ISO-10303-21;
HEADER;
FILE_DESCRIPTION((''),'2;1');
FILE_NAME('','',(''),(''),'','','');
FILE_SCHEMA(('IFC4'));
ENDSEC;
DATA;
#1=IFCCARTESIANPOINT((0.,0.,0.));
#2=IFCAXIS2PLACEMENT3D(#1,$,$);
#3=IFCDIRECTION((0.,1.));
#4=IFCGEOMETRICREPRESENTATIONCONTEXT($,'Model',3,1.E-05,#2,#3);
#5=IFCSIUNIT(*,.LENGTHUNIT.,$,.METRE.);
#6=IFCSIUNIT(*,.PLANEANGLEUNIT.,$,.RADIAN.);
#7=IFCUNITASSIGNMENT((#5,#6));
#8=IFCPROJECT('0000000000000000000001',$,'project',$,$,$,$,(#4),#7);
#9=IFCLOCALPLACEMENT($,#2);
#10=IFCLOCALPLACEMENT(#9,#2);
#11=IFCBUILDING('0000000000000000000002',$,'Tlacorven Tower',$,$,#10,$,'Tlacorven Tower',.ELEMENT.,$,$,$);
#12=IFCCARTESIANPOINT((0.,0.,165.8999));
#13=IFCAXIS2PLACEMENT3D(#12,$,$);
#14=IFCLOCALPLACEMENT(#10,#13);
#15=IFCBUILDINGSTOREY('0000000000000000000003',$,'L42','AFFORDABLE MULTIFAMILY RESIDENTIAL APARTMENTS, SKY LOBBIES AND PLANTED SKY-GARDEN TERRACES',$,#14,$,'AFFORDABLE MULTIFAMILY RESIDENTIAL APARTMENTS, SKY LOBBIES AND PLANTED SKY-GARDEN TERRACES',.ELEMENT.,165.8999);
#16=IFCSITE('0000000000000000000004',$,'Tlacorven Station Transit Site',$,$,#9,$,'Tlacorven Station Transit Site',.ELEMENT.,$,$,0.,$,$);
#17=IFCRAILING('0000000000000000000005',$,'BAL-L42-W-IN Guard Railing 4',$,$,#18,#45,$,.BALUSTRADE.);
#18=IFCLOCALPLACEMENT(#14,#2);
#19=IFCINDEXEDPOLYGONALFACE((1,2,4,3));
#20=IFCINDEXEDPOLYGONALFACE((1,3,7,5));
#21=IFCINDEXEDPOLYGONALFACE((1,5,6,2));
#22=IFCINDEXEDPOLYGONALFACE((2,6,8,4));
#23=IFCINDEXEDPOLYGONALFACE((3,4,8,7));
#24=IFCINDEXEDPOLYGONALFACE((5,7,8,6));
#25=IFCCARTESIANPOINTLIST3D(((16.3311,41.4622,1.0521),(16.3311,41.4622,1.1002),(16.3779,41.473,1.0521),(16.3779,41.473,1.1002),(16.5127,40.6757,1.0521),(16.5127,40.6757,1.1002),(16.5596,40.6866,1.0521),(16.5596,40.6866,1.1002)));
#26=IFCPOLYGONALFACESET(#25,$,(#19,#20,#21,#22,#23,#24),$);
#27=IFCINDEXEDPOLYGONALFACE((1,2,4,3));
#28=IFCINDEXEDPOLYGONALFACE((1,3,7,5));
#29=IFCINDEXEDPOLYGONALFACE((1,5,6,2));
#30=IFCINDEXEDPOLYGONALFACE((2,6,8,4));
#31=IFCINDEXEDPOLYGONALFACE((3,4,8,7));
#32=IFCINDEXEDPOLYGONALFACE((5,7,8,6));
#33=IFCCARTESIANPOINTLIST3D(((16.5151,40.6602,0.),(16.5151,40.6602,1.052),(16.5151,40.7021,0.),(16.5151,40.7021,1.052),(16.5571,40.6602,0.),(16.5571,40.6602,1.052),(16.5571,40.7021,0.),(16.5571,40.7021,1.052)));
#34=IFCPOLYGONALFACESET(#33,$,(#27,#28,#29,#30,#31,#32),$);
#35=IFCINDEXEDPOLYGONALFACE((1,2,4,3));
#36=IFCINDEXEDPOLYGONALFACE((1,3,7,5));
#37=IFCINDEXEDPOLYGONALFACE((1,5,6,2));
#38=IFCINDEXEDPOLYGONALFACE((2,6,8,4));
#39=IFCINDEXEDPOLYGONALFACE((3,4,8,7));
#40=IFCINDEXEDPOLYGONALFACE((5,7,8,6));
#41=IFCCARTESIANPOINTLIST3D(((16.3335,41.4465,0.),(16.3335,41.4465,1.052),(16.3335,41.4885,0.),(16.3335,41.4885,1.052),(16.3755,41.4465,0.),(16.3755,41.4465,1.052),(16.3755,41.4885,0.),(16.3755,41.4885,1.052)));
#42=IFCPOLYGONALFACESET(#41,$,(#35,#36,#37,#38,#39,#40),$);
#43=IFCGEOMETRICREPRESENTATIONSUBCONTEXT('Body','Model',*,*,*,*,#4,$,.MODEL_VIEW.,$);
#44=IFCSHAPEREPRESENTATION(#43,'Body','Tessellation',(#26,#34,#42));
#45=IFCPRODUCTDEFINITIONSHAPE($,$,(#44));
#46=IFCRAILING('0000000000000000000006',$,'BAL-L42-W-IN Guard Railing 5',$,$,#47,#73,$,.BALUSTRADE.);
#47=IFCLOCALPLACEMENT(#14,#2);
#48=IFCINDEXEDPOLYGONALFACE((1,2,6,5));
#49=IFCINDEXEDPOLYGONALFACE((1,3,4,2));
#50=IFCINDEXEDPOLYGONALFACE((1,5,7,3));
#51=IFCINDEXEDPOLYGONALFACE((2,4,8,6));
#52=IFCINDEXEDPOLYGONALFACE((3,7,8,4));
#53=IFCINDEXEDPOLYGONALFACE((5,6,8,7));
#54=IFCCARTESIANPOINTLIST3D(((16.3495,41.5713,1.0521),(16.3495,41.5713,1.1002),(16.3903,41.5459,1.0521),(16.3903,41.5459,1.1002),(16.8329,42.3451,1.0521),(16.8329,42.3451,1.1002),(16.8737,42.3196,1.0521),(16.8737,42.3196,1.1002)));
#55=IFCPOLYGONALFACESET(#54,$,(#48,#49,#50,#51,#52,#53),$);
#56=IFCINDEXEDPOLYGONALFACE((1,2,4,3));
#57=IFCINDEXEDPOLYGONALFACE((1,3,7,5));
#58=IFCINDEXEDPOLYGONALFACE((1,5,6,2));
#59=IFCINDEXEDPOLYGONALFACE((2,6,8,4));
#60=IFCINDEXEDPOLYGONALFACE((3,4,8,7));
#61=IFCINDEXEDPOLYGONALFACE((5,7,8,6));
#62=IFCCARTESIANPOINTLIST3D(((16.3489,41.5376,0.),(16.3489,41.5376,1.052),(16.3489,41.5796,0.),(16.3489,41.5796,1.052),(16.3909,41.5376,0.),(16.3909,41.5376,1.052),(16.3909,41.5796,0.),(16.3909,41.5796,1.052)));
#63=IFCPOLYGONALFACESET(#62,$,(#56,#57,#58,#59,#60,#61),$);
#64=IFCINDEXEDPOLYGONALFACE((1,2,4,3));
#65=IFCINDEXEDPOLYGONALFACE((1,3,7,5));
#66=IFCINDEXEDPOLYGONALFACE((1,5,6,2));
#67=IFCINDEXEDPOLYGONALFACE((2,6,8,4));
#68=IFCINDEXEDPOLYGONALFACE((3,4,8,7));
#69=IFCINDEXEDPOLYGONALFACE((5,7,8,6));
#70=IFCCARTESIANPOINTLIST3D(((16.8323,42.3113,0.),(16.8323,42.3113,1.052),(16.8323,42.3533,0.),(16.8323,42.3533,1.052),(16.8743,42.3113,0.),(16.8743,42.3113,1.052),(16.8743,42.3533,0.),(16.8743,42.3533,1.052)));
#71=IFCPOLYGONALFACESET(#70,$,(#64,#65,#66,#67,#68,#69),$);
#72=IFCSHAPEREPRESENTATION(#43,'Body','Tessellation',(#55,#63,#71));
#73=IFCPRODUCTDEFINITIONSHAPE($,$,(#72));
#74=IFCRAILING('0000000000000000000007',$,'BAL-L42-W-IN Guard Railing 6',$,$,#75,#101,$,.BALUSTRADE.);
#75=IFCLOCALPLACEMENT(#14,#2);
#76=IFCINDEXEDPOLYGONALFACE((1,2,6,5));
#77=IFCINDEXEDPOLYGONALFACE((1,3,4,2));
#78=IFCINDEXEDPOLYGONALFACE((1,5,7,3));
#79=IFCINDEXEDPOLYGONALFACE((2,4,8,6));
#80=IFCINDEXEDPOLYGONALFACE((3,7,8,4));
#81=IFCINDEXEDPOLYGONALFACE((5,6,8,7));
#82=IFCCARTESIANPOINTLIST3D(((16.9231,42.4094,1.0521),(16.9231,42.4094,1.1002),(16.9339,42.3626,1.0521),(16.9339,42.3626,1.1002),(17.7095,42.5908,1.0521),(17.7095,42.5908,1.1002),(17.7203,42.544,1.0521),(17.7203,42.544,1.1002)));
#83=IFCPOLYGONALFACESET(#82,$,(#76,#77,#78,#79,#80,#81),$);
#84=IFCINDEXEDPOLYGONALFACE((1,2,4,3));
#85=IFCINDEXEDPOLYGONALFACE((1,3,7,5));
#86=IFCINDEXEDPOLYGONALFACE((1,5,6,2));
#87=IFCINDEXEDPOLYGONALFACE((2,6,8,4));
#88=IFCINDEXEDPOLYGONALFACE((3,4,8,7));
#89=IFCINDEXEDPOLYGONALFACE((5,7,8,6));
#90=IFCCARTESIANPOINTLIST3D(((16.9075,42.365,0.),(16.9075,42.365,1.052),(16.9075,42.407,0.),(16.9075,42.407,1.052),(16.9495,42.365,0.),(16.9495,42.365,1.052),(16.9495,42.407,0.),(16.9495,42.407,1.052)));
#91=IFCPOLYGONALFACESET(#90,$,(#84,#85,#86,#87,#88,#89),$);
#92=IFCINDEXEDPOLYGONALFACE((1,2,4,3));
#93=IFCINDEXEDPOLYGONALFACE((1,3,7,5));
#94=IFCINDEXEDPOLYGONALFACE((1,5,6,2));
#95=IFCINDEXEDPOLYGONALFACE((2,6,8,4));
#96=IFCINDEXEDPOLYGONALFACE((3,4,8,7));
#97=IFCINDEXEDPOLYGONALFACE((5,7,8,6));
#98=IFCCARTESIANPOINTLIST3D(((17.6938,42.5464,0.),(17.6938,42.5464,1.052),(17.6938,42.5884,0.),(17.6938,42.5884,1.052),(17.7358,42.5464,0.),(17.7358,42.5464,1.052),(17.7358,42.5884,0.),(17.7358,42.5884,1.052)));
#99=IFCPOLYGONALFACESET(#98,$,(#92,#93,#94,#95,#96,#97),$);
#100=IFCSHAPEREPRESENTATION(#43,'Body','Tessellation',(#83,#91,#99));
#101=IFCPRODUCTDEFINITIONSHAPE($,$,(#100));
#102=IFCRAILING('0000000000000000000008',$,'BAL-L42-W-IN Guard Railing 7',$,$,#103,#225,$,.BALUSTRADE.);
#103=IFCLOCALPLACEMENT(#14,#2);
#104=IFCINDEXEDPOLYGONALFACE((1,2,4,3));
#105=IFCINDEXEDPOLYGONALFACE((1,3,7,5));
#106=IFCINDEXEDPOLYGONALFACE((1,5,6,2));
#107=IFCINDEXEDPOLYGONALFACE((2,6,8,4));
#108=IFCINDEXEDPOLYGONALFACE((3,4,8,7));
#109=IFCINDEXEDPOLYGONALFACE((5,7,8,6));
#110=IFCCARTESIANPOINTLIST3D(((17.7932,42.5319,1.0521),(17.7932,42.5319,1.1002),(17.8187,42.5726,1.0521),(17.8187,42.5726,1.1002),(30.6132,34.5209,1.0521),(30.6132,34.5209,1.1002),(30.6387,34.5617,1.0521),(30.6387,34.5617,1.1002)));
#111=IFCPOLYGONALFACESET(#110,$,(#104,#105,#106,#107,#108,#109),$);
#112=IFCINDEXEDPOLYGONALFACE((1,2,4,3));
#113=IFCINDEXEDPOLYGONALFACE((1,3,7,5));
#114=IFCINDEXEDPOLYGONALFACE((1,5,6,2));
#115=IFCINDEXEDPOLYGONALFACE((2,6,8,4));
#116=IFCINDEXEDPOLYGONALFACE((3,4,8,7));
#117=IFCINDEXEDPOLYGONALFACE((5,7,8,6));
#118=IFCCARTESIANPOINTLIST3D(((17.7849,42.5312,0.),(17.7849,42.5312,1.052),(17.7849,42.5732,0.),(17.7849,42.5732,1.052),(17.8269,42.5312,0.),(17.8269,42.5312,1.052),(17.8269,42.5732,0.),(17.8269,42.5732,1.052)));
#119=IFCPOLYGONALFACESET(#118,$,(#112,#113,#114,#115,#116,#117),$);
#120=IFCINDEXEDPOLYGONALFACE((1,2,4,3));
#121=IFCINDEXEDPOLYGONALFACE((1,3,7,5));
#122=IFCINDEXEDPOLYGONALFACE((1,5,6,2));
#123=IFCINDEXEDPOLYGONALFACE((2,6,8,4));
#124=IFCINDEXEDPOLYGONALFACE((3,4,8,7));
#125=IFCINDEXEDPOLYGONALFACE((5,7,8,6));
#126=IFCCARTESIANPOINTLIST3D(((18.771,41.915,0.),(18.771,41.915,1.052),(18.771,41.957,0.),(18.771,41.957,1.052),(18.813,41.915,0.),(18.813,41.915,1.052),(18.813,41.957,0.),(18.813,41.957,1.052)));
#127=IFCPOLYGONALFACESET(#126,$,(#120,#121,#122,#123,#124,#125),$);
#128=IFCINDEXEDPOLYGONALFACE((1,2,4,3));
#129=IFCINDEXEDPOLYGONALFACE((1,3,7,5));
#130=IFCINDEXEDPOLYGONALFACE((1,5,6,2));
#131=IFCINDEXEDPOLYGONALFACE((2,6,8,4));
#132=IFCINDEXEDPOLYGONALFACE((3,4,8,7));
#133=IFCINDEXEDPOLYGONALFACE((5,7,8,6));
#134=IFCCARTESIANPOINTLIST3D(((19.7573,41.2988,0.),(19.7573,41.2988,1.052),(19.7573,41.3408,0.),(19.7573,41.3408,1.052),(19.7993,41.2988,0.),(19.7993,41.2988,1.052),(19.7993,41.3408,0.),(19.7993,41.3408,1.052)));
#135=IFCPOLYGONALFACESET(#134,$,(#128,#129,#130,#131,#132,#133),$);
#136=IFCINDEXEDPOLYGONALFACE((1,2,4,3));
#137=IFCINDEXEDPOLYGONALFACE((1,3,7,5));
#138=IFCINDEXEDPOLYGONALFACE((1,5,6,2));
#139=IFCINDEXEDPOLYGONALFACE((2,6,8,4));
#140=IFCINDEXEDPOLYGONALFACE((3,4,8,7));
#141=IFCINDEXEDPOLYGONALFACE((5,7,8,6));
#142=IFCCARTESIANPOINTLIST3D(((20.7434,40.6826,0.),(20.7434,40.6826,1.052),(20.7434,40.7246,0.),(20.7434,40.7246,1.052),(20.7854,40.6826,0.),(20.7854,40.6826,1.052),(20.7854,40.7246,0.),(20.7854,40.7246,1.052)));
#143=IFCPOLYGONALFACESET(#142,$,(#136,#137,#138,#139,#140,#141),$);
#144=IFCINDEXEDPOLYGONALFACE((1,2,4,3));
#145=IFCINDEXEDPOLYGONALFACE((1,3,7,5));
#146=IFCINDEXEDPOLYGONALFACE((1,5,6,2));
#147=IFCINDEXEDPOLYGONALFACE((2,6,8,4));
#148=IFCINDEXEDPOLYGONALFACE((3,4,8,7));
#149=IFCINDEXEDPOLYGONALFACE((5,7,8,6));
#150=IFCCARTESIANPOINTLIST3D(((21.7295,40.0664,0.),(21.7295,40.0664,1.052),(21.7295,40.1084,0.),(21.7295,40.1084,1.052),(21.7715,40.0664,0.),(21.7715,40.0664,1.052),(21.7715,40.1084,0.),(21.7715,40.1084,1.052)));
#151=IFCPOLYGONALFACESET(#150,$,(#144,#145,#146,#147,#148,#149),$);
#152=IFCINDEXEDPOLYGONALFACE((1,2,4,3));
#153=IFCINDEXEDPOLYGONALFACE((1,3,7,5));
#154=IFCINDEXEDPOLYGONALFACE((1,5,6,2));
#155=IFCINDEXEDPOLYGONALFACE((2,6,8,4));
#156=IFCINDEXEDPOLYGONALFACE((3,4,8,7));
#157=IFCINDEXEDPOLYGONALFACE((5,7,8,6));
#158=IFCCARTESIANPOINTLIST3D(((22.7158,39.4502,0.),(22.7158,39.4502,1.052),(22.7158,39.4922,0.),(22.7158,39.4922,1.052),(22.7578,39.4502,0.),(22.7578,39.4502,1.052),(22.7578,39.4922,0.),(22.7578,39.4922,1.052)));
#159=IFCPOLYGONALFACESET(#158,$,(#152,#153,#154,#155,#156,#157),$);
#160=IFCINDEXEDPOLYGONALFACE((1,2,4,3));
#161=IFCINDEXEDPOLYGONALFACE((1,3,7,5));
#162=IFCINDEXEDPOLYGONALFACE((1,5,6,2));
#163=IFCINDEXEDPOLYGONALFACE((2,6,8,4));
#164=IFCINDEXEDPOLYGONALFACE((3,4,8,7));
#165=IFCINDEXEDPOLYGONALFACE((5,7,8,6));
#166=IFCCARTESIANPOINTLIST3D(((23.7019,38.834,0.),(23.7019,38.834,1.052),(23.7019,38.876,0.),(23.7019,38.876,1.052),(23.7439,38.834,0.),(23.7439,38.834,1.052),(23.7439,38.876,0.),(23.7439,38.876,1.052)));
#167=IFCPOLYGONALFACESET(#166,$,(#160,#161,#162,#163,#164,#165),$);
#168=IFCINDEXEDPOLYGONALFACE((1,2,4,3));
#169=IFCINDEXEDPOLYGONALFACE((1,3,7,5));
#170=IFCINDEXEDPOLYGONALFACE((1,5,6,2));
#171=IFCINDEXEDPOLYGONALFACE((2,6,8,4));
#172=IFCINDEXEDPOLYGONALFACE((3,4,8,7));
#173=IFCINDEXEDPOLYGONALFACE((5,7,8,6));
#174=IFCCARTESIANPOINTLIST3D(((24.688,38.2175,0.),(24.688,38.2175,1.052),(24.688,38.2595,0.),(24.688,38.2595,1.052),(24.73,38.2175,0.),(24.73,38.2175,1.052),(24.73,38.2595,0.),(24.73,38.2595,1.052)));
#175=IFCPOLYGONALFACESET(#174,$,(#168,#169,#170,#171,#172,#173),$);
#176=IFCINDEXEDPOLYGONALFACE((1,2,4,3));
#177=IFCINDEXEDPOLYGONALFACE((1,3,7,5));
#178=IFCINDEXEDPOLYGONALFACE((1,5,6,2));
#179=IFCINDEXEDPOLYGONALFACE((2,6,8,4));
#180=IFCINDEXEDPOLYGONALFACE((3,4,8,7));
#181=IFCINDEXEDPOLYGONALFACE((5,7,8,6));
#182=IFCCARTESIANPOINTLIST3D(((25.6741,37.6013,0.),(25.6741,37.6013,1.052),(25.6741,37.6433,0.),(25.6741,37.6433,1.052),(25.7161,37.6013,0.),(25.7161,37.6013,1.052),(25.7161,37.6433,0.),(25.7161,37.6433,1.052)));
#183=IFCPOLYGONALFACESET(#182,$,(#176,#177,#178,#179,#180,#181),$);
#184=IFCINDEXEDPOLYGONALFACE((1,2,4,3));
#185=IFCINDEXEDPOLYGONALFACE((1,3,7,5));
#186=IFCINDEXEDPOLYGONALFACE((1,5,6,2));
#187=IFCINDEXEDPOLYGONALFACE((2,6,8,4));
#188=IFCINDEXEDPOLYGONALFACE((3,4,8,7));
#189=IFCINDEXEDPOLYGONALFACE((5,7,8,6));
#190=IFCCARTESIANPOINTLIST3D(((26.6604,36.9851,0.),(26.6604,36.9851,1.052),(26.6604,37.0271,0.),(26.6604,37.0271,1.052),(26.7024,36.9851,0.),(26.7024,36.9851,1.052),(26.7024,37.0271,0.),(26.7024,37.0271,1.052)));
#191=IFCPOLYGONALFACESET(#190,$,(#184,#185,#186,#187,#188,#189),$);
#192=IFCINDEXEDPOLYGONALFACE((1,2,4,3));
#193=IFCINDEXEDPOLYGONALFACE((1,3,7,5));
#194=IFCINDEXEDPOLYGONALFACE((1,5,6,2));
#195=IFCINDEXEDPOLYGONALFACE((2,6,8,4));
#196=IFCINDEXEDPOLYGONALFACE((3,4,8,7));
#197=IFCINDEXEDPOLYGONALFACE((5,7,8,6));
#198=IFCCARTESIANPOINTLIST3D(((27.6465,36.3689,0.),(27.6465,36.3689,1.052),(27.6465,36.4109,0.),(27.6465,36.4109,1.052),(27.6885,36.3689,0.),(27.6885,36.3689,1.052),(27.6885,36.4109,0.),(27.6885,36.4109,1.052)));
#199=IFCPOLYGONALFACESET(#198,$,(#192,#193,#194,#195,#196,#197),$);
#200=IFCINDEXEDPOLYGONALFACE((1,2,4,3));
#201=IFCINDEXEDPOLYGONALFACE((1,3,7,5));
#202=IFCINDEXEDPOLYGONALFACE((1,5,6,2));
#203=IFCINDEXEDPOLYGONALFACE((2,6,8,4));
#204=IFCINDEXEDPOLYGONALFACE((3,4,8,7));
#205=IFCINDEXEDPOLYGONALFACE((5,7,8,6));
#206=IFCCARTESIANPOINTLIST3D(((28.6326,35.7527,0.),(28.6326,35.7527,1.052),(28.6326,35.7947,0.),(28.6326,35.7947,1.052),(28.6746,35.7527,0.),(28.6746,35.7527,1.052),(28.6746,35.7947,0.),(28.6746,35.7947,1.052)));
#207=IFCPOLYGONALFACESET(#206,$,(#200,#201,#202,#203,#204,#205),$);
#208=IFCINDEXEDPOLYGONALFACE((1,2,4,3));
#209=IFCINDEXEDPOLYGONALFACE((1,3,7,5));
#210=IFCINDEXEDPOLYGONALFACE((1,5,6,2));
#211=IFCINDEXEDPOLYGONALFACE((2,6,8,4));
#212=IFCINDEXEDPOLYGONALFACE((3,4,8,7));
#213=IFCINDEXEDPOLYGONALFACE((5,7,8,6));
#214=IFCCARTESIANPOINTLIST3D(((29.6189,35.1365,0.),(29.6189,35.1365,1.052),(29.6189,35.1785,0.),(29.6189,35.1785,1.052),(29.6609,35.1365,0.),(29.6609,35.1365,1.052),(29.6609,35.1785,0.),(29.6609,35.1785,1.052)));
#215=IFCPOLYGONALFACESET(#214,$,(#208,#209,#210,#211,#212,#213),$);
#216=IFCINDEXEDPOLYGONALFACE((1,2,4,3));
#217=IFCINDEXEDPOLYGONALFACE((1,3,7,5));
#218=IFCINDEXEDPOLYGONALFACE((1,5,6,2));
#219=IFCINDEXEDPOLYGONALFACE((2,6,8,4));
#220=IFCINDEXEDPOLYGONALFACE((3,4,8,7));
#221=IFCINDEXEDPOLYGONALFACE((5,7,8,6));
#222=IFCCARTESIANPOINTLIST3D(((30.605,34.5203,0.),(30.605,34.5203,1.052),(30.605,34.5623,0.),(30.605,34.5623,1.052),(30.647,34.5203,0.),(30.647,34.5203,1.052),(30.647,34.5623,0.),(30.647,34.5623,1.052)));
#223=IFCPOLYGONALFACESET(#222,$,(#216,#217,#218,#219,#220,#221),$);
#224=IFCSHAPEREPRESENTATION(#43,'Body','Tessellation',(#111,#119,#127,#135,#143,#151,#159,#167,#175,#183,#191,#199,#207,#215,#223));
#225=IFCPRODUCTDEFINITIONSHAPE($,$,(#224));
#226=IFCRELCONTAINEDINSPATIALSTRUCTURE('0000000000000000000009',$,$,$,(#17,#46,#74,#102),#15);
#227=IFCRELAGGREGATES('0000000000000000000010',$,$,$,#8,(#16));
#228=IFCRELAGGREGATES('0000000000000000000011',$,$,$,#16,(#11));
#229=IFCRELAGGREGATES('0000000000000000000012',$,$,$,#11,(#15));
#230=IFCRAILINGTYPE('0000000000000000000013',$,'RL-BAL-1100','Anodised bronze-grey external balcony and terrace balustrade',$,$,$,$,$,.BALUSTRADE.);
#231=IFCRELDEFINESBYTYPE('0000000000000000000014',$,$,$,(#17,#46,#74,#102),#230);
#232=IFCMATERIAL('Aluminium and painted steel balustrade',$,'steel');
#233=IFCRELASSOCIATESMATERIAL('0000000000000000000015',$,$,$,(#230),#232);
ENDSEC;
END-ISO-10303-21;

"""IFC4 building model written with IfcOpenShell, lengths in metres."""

from ifc_helpers import new_model, si_unit, direction, frame, origin, origin_2d, place, context, subcontext, project, spatial, rectangle, extrude, source, transform, mapped, material, type_object, element, save


model = new_model("IFC4")

# Units and contexts
model_context = context("Model", 3, precision=1e-05, world=origin(), true_north=direction((0.0, 1.0)))
body_context = subcontext(model_context, "Body", "Model", "MODEL_VIEW")
ifc_project = project(units=[si_unit("LENGTHUNIT", "METRE"), si_unit("PLANEANGLEUNIT", "RADIAN")], contexts=[model_context])

# Site, building, storey
site_placement = place(None, origin())
site = spatial("IfcSite", under=ifc_project, at=site_placement, Name="Tlacorven Station Transit Site", LongName="Tlacorven Station Transit Site", CompositionType="ELEMENT", RefElevation=0.0)
building_placement = place(site_placement, origin())
building = spatial("IfcBuilding", under=site, at=building_placement, Name="Tlacorven Tower", LongName="Tlacorven Tower", CompositionType="ELEMENT")
storey_placement = place(building_placement, frame((0.0, 0.0, 165.8999)))
storey = spatial("IfcBuildingStorey", under=building, at=storey_placement, Name="L42", Description="AFFORDABLE MULTIFAMILY RESIDENTIAL APARTMENTS, SKY LOBBIES AND PLANTED SKY-GARDEN TERRACES", LongName="AFFORDABLE MULTIFAMILY RESIDENTIAL APARTMENTS, SKY LOBBIES AND PLANTED SKY-GARDEN TERRACES", CompositionType="ELEMENT", Elevation=165.8999)

# Railings
ifc_material_1 = material(Name="Aluminium and painted steel balustrade", Category="steel")
railing_type = type_object("IfcRailingType", Name="RL-BAL-1100", Description="Anodised bronze-grey external balcony and terrace balustrade", PredefinedType="BALUSTRADE", material=ifc_material_1)
shared_shape_1 = source(origin(), body_context, "Body", "SweptSolid", [
    extrude(rectangle(XDim=0.0481, YDim=0.0481, at=origin_2d()), frame((0.0, 0.0, 1.0762), z_axis=(-0.225058, 0.974345, 0.0), x_axis=(-0.974345, -0.225058, 0.0)), (0.0, 0.0, 1.0), 0.8071),
    extrude(rectangle(XDim=0.042, YDim=0.042, at=origin_2d()), origin(), (0.0, 0.0, 1.0), 1.052),
    extrude(rectangle(XDim=0.042, YDim=0.042, at=origin_2d()), frame((-0.1816, 0.7864, 0.0)), (0.0, 0.0, 1.0), 1.052),
])
railing_1_placement = place(storey_placement, frame((16.5361, 40.6812, 0.0)))
element("IfcRailing", 1, at=railing_1_placement, inside=storey, type_object=railing_type, Name="BAL-L42-W-IN Guard Railing 4", PredefinedType="BALUSTRADE", context=body_context, shape_type="MappedRepresentation", body=[
    mapped(shared_shape_1, transform((0.0, 0.0, 0.0), scale=1.0)),
])
shared_shape_2 = source(origin(), body_context, "Body", "SweptSolid", [
    extrude(rectangle(XDim=0.0481, YDim=0.0481, at=origin_2d()), frame((0.0, 0.0, 1.0762), z_axis=(0.529879, 0.848073, 0.0), x_axis=(-0.848073, 0.529879, 0.0)), (0.0, 0.0, 1.0), 0.9124),
    extrude(rectangle(XDim=0.042, YDim=0.042, at=origin_2d()), origin(), (0.0, 0.0, 1.0), 1.052),
    extrude(rectangle(XDim=0.042, YDim=0.042, at=origin_2d()), frame((0.4834, 0.7737, 0.0)), (0.0, 0.0, 1.0), 1.052),
])
railing_2_placement = place(storey_placement, frame((16.3699, 41.5586, 0.0)))
element("IfcRailing", 2, at=railing_2_placement, inside=storey, type_object=railing_type, Name="BAL-L42-W-IN Guard Railing 5", PredefinedType="BALUSTRADE", context=body_context, shape_type="MappedRepresentation", body=[
    mapped(shared_shape_2, transform((0.0, 0.0, 0.0), scale=1.0)),
])
shared_shape_3 = source(origin(), body_context, "Body", "SweptSolid", [
    extrude(rectangle(XDim=0.0481, YDim=0.0481, at=origin_2d()), frame((0.0, 0.0, 1.0762), z_axis=(0.974412, 0.224771, 0.0), x_axis=(-0.224771, 0.974412, 0.0)), (0.0, 0.0, 1.0), 0.8071),
    extrude(rectangle(XDim=0.042, YDim=0.042, at=origin_2d()), origin(), (0.0, 0.0, 1.0), 1.052),
    extrude(rectangle(XDim=0.042, YDim=0.042, at=origin_2d()), frame((0.7864, 0.1814, 0.0)), (0.0, 0.0, 1.0), 1.052),
])
railing_3_placement = place(storey_placement, frame((16.9285, 42.386, 0.0)))
element("IfcRailing", 3, at=railing_3_placement, inside=storey, type_object=railing_type, Name="BAL-L42-W-IN Guard Railing 6", PredefinedType="BALUSTRADE", context=body_context, shape_type="MappedRepresentation", body=[
    mapped(shared_shape_3, transform((0.0, 0.0, 0.0), scale=1.0)),
])
shared_shape_4 = source(origin(), body_context, "Body", "SweptSolid", [
    extrude(rectangle(XDim=0.0481, YDim=0.0481, at=origin_2d()), frame((0.0, 0.0, 1.0762), z_axis=(0.848045, -0.529925, 0.0), x_axis=(0.529925, 0.848045, 0.0)), (0.0, 0.0, 1.0), 15.1172),
    extrude(rectangle(XDim=0.042, YDim=0.042, at=origin_2d()), origin(), (0.0, 0.0, 1.0), 1.052),
    extrude(rectangle(XDim=0.042, YDim=0.042, at=origin_2d()), frame((0.9861, -0.6162, 0.0)), (0.0, 0.0, 1.0), 1.052),
    extrude(rectangle(XDim=0.042, YDim=0.042, at=origin_2d()), frame((1.9724, -1.2324, 0.0)), (0.0, 0.0, 1.0), 1.052),
    extrude(rectangle(XDim=0.042, YDim=0.042, at=origin_2d()), frame((2.9585, -1.8486, 0.0)), (0.0, 0.0, 1.0), 1.052),
    extrude(rectangle(XDim=0.042, YDim=0.042, at=origin_2d()), frame((3.9446, -2.4648, 0.0)), (0.0, 0.0, 1.0), 1.052),
    extrude(rectangle(XDim=0.042, YDim=0.042, at=origin_2d()), frame((4.9309, -3.0811, 0.0)), (0.0, 0.0, 1.0), 1.052),
    extrude(rectangle(XDim=0.042, YDim=0.042, at=origin_2d()), frame((5.917, -3.6973, 0.0)), (0.0, 0.0, 1.0), 1.052),
    extrude(rectangle(XDim=0.042, YDim=0.042, at=origin_2d()), frame((6.9031, -4.3137, 0.0)), (0.0, 0.0, 1.0), 1.052),
    extrude(rectangle(XDim=0.042, YDim=0.042, at=origin_2d()), frame((7.8892, -4.9299, 0.0)), (0.0, 0.0, 1.0), 1.052),
    extrude(rectangle(XDim=0.042, YDim=0.042, at=origin_2d()), frame((8.8755, -5.5461, 0.0)), (0.0, 0.0, 1.0), 1.052),
    extrude(rectangle(XDim=0.042, YDim=0.042, at=origin_2d()), frame((9.8616, -6.1624, 0.0)), (0.0, 0.0, 1.0), 1.052),
    extrude(rectangle(XDim=0.042, YDim=0.042, at=origin_2d()), frame((10.8477, -6.7786, 0.0)), (0.0, 0.0, 1.0), 1.052),
    extrude(rectangle(XDim=0.042, YDim=0.042, at=origin_2d()), frame((11.834, -7.3948, 0.0)), (0.0, 0.0, 1.0), 1.052),
    extrude(rectangle(XDim=0.042, YDim=0.042, at=origin_2d()), frame((12.8201, -8.011, 0.0)), (0.0, 0.0, 1.0), 1.052),
])
railing_4_placement = place(storey_placement, frame((17.8059, 42.5522, 0.0)))
element("IfcRailing", 4, at=railing_4_placement, inside=storey, type_object=railing_type, Name="BAL-L42-W-IN Guard Railing 7", PredefinedType="BALUSTRADE", context=body_context, shape_type="MappedRepresentation", body=[
    mapped(shared_shape_4, transform((0.0, 0.0, 0.0), scale=1.0)),
])

save(model, "model.ifc")
